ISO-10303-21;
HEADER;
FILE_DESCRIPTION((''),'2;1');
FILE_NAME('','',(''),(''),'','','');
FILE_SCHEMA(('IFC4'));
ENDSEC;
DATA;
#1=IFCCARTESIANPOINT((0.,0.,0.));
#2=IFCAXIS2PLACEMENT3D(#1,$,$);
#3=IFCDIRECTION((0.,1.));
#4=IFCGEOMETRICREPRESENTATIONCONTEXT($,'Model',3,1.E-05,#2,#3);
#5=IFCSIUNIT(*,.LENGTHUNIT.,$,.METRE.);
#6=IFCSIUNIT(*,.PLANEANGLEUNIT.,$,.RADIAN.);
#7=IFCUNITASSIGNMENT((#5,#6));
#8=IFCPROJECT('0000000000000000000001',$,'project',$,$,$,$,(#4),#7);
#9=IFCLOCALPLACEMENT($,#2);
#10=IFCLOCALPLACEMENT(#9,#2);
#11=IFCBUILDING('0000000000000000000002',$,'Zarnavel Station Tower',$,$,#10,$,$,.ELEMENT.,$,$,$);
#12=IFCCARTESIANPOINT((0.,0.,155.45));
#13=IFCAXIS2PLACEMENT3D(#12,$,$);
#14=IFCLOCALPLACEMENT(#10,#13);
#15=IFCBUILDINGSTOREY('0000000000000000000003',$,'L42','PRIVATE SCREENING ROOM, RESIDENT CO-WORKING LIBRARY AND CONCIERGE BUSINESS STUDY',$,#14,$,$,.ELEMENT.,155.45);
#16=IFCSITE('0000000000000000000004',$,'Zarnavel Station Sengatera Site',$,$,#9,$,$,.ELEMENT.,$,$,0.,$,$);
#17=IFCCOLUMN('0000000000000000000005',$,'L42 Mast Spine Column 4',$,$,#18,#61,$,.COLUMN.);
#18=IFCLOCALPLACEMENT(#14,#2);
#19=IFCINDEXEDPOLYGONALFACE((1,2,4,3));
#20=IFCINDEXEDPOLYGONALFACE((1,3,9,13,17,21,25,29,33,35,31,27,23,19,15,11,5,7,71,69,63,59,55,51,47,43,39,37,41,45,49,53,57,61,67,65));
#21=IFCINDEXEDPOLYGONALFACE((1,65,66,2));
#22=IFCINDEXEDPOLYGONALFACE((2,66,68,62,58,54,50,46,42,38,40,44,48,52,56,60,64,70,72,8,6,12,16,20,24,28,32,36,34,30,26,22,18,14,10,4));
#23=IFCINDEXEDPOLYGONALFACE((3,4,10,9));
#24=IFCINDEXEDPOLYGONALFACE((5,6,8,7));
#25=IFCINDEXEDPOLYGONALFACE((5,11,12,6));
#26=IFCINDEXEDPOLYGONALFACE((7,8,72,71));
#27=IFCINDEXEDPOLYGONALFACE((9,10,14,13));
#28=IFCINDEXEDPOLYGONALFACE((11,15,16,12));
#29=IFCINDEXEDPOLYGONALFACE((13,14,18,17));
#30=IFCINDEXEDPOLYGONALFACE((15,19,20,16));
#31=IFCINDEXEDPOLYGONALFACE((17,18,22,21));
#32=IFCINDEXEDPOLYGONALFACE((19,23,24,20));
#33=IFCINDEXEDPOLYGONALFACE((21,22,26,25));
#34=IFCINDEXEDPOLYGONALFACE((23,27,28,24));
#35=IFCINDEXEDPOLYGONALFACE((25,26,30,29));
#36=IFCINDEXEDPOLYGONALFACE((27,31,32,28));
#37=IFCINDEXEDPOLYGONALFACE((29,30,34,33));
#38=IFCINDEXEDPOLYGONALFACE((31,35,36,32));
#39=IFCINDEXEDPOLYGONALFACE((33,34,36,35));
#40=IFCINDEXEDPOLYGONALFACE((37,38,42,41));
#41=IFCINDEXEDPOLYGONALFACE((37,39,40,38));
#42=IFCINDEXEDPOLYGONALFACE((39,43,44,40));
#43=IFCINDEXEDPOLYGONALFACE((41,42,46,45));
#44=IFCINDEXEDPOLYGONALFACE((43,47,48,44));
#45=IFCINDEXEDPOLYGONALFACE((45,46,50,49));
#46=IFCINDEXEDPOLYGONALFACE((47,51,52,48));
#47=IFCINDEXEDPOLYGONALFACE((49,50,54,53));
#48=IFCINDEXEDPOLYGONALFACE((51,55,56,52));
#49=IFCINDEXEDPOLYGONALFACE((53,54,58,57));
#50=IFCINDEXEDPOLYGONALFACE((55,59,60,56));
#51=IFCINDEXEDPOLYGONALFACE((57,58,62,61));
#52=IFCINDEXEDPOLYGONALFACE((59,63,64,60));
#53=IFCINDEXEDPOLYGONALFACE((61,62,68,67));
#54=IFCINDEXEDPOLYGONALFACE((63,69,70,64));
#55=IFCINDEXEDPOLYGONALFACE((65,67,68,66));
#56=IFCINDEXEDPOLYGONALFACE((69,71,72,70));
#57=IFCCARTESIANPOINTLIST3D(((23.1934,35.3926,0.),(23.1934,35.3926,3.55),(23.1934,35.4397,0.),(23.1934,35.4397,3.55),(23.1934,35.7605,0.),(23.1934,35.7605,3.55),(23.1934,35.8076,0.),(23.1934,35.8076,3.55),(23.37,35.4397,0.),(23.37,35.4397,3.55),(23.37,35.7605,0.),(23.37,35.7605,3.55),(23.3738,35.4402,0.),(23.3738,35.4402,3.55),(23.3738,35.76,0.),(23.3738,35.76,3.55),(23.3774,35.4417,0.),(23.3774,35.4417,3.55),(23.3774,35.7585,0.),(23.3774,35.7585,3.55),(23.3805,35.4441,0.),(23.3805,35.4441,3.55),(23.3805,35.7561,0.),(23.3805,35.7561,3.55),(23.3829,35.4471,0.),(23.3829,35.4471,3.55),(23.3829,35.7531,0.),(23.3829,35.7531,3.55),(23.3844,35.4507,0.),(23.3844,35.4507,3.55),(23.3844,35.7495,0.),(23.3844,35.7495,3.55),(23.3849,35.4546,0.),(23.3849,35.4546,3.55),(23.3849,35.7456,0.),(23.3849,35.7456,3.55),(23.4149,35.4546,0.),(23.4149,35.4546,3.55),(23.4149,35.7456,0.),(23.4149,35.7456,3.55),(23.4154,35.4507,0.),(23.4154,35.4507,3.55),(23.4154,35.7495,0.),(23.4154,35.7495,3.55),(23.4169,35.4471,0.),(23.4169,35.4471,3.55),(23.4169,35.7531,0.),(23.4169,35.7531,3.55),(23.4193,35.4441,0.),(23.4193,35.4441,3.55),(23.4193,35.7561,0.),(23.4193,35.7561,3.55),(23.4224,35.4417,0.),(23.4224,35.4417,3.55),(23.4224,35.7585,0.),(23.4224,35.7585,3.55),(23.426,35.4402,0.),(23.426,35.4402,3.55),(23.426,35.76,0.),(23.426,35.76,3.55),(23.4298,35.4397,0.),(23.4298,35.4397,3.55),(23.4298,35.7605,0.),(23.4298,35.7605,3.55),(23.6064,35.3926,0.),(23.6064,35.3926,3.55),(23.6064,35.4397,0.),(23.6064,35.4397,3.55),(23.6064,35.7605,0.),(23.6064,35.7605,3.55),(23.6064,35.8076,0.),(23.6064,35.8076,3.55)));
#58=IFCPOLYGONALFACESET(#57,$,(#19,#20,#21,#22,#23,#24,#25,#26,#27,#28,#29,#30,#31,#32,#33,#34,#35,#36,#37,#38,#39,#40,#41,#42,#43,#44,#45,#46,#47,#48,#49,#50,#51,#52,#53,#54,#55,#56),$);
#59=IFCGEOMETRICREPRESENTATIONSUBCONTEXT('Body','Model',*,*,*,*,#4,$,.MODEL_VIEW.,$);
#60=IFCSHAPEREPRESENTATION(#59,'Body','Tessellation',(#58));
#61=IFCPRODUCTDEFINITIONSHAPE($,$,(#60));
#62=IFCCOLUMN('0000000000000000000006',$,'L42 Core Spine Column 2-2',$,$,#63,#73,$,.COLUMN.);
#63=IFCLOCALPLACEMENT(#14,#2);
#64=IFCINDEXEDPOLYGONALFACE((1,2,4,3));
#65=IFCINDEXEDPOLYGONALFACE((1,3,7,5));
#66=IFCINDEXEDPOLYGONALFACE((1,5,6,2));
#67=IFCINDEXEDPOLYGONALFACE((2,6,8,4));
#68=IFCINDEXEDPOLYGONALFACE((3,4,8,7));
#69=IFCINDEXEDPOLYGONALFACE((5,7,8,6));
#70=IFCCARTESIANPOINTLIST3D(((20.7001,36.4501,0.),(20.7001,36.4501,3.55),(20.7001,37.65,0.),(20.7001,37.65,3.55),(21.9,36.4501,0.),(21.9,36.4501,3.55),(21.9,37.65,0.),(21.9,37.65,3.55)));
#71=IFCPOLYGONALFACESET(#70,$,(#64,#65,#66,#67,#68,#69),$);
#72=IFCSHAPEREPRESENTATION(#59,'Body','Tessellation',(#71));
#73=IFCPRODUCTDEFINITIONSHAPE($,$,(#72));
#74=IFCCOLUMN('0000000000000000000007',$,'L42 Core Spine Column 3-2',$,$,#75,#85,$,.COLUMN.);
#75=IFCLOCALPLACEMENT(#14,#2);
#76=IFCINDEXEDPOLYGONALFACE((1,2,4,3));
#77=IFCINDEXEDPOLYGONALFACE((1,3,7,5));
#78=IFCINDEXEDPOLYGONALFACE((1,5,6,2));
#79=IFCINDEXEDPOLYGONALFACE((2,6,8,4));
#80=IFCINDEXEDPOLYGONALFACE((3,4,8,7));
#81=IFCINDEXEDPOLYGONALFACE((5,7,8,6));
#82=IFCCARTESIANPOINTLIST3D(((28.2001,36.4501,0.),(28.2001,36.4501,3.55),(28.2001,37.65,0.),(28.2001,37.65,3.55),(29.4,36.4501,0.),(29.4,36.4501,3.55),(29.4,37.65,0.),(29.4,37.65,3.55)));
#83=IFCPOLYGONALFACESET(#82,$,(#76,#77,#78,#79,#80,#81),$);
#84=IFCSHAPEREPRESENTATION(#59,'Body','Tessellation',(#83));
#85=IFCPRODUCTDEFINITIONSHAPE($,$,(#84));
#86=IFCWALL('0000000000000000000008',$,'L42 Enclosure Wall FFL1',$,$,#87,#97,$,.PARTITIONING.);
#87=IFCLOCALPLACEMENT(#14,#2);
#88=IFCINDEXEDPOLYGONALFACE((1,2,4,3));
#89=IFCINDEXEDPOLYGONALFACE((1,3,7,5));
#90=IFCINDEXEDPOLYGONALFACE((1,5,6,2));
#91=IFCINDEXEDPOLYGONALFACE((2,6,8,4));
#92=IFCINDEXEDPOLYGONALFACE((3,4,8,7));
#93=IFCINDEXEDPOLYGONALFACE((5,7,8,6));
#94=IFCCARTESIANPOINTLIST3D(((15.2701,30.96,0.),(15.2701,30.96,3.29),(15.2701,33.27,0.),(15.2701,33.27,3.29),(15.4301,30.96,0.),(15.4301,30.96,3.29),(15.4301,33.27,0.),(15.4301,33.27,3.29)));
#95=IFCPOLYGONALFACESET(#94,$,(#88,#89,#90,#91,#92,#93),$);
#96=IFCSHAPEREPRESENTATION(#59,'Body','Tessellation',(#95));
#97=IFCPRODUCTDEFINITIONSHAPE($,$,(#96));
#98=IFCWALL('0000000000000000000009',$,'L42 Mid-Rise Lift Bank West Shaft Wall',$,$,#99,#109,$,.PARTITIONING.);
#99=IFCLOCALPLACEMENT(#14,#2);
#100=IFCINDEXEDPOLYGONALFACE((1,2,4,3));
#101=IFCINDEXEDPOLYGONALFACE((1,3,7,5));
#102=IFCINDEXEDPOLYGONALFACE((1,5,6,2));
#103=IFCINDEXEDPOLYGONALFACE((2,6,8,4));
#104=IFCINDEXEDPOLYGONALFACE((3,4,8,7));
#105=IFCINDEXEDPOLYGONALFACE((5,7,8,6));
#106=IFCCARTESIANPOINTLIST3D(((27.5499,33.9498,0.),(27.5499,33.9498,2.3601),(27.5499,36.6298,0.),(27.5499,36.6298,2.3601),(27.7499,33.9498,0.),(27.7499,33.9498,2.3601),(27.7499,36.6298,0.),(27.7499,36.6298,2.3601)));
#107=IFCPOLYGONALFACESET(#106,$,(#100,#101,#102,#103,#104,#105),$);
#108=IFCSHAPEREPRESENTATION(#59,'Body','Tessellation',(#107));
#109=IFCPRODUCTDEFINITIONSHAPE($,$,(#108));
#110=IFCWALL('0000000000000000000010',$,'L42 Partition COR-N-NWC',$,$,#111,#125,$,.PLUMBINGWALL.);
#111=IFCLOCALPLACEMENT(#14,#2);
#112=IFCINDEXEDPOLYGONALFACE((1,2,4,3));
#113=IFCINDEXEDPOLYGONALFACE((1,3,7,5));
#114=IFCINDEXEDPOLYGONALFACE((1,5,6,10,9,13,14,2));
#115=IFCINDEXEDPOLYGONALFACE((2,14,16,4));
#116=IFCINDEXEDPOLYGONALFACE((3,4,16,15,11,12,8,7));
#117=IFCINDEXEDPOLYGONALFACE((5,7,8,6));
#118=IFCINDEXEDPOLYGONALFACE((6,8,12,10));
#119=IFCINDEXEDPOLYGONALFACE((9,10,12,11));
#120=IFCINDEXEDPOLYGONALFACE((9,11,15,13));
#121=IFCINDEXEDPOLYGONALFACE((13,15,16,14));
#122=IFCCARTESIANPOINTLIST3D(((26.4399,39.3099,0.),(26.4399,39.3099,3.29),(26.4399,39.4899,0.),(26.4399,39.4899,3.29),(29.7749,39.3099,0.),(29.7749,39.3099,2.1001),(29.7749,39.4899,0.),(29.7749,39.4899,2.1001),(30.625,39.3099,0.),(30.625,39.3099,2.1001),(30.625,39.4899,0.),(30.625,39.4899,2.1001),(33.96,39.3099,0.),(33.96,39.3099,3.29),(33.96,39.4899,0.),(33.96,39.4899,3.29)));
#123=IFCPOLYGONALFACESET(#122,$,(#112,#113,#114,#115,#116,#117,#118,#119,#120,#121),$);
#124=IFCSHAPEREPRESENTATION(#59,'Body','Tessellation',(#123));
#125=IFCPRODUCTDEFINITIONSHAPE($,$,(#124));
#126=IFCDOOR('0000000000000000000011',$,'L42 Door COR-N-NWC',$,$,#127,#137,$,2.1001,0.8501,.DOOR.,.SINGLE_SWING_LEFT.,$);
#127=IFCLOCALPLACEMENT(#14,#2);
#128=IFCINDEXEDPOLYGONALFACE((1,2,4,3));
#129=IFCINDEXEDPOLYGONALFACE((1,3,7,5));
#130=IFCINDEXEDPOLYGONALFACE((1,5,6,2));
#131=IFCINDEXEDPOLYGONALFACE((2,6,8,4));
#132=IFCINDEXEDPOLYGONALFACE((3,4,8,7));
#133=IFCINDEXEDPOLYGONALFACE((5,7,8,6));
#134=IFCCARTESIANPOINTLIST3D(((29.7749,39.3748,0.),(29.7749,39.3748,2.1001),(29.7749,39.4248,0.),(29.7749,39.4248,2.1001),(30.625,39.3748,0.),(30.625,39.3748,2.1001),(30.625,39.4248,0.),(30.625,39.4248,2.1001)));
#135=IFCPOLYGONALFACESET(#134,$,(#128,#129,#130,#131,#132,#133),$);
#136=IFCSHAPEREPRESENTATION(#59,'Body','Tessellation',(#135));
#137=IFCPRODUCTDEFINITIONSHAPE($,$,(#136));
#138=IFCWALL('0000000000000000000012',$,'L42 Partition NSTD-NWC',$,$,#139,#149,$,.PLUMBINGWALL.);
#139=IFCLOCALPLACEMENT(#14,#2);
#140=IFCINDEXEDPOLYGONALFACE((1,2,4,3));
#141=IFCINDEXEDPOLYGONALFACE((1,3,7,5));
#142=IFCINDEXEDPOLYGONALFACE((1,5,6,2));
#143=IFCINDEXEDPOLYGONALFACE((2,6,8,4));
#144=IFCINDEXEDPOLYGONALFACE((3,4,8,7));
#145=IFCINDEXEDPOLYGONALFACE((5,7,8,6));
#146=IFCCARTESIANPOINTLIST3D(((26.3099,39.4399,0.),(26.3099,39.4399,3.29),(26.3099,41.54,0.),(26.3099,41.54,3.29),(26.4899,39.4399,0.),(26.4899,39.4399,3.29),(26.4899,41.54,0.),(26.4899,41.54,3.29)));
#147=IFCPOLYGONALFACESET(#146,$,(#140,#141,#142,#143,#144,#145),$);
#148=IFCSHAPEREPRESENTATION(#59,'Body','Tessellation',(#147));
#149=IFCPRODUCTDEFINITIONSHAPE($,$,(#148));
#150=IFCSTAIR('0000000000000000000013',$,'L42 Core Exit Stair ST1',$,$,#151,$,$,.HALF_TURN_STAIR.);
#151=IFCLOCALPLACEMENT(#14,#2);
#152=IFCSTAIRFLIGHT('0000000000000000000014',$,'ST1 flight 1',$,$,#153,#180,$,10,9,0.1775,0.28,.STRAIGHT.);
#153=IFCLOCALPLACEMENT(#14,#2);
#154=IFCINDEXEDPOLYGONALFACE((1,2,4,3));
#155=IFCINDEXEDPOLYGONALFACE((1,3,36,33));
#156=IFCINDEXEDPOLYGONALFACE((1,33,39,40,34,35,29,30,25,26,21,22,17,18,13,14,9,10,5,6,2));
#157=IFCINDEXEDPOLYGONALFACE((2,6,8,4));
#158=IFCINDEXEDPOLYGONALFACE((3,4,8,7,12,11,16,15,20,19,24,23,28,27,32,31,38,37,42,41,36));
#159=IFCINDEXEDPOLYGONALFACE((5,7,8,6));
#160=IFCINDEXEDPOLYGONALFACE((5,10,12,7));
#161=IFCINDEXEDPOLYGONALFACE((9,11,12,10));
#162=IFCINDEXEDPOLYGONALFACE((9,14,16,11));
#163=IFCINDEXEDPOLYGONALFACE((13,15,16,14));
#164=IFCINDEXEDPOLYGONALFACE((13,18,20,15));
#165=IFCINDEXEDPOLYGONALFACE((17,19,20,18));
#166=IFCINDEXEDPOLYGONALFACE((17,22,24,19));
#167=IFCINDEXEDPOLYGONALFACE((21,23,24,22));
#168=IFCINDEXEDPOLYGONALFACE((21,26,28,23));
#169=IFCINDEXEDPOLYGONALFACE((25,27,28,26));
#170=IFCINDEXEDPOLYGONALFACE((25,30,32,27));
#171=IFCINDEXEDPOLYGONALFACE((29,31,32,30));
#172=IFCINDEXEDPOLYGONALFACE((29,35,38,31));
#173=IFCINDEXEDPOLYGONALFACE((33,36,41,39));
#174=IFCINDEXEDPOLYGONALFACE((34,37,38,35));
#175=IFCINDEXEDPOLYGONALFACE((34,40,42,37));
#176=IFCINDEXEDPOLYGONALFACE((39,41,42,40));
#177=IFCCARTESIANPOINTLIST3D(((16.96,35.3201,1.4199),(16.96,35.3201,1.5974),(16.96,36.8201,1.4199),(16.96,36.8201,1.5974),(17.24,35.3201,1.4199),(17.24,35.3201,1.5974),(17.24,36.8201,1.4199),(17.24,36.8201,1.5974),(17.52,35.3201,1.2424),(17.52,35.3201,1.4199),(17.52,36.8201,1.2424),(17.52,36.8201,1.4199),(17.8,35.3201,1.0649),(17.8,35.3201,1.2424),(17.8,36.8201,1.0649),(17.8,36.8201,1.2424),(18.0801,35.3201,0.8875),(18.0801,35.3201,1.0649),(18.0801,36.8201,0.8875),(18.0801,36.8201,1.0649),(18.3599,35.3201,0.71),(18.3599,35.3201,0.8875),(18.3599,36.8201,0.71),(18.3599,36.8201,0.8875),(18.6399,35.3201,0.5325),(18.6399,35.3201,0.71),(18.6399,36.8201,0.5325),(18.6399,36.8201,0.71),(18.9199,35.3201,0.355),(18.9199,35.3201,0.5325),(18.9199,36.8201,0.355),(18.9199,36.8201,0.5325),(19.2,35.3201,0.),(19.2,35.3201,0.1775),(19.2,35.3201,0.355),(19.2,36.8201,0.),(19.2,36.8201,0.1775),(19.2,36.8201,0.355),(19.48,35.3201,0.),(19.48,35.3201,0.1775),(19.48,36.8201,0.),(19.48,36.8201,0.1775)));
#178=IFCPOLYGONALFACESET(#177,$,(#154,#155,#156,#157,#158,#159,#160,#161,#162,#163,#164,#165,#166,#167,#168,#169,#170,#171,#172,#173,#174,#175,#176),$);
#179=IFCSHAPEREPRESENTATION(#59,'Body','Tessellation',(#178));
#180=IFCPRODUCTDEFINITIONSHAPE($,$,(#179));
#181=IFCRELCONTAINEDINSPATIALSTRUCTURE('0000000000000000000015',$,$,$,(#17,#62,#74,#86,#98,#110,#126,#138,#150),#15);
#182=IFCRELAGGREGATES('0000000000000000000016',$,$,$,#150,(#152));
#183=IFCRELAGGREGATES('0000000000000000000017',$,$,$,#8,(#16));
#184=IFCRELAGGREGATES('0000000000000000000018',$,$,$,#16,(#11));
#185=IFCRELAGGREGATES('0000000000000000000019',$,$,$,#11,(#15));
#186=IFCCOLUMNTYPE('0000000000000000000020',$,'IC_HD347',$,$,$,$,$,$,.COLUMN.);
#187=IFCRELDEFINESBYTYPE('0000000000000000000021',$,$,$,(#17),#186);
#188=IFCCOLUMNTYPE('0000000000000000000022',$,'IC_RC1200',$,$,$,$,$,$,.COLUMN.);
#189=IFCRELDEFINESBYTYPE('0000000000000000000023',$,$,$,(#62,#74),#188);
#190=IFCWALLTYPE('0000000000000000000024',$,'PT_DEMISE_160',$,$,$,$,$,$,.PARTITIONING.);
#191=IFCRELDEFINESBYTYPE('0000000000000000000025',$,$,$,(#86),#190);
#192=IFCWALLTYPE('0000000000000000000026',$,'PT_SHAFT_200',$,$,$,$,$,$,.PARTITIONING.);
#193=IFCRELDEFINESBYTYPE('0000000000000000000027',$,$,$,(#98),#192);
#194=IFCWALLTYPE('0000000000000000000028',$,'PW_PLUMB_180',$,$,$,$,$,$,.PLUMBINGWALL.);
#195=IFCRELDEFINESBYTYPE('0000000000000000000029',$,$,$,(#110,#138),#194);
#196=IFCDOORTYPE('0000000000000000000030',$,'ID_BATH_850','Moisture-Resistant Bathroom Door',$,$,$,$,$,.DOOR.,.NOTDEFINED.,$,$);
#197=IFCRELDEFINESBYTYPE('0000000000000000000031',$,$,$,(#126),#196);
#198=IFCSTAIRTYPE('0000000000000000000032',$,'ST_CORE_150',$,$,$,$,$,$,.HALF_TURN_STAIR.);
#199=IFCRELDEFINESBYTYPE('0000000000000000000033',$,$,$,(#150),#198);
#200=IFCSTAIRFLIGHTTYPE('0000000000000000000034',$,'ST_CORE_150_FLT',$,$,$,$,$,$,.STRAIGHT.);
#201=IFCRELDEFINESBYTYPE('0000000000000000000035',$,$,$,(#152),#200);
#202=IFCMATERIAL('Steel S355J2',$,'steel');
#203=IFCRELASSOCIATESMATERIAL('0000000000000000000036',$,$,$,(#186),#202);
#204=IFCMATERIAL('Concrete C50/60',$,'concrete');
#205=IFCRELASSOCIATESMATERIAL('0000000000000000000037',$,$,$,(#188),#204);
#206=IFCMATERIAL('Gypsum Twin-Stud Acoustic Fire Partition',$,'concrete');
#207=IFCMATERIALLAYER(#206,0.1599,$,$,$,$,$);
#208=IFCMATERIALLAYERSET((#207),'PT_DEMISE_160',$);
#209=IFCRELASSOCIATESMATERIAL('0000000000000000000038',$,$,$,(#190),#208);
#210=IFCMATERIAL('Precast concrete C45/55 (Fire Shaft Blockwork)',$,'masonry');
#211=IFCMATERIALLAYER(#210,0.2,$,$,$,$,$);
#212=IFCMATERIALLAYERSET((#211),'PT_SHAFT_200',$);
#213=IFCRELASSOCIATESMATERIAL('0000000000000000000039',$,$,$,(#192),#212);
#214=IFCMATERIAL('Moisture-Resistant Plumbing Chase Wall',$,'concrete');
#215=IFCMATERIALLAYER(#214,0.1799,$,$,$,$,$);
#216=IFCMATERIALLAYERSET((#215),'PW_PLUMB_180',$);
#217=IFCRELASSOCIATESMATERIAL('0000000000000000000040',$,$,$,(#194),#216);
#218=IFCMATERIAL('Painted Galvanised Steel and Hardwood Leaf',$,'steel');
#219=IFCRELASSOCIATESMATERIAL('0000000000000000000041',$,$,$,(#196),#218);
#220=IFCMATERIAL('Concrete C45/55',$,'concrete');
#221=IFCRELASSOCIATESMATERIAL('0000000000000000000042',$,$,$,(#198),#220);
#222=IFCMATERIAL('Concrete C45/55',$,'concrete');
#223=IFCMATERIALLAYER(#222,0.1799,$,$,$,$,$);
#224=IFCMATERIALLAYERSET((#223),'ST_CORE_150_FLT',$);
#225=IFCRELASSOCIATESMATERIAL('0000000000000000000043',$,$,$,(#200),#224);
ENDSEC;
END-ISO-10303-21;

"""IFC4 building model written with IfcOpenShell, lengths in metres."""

from ifc_helpers import new_model, si_unit, direction, frame, frame_2d, origin, origin_2d, place, context, subcontext, project, spatial, polyline, rectangle, i_section, outline, extrude, material, layer, layer_set, material_profile, profile_set, type_object, element, fill, aggregate, save


model = new_model("IFC4")

# Units and contexts
model_context = context("Model", 3, precision=1e-05, world=origin(), true_north=direction((0.0, 1.0)))
body_context = subcontext(model_context, "Body", "Model", "MODEL_VIEW")
ifc_project = project(units=[si_unit("LENGTHUNIT", "METRE"), si_unit("PLANEANGLEUNIT", "RADIAN")], contexts=[model_context])

# Site, building, storey
site_placement = place(None, origin())
site = spatial("IfcSite", under=ifc_project, at=site_placement, Name="Zarnavel Station Sengatera Site", CompositionType="ELEMENT", RefElevation=0.0)
building_placement = place(site_placement, origin())
building = spatial("IfcBuilding", under=site, at=building_placement, Name="Zarnavel Station Tower", CompositionType="ELEMENT")
storey_placement = place(building_placement, frame((0.0, 0.0, 155.45)))
storey = spatial("IfcBuildingStorey", under=building, at=storey_placement, Name="L42", Description="PRIVATE SCREENING ROOM, RESIDENT CO-WORKING LIBRARY AND CONCIERGE BUSINESS STUDY", CompositionType="ELEMENT", Elevation=155.45)

# Columns
ifc_material_1 = material(Name="Steel S355J2", Category="steel")
ifc_material_profile_1 = material_profile(ifc_material_1, i_section(OverallWidth=0.4131, OverallDepth=0.415, WebThickness=0.03, FlangeThickness=0.0471, FilletRadius=0.0149, at=origin_2d()), Name="HD400x347")
ifc_profile_set_1 = profile_set([ifc_material_profile_1], Name="Steel S355J2")
column_type_1 = type_object("IfcColumnType", Name="IC_HD347", PredefinedType="COLUMN", material=ifc_profile_set_1)
column_placement = place(storey_placement, frame((23.3999, 35.6001, 0.0), z_axis=(0.0, 0.0, 1.0), x_axis=(1.0, 0.0, 0.0)))
element("IfcColumn", 1, at=column_placement, inside=storey, type_object=column_type_1, Name="L42 Mast Spine Column 4", PredefinedType="COLUMN", context=body_context, shape_type="SweptSolid", body=[
    extrude(i_section(OverallWidth=0.4131, OverallDepth=0.415, WebThickness=0.03, FlangeThickness=0.0471, FilletRadius=0.0149, at=origin_2d()), origin(), (0.0, 0.0, 1.0), 3.55),
])
ifc_material_2 = material(Name="Concrete C50/60", Category="concrete")
ifc_material_profile_2 = material_profile(ifc_material_2, rectangle(XDim=1.2, YDim=1.2, at=origin_2d()), Name="RC1200x1200")
ifc_profile_set_2 = profile_set([ifc_material_profile_2], Name="Concrete C50/60")
column_type_2 = type_object("IfcColumnType", Name="IC_RC1200", PredefinedType="COLUMN", material=ifc_profile_set_2)
for number, where, z_axis, x_axis, name in (
    (2, (21.3, 37.05, 0.0), (0.0, 0.0, 1.0), (1.0, 0.0, 0.0), "L42 Core Spine Column 2-2"),
    (3, (28.8, 37.05, 0.0), (0.0, 0.0, 1.0), (1.0, 0.0, 0.0), "L42 Core Spine Column 3-2"),
):
    element("IfcColumn", number, at=place(storey_placement, frame(where, z_axis=z_axis, x_axis=x_axis)), inside=storey, type_object=column_type_2, Name=name, PredefinedType="COLUMN", context=body_context, shape_type="SweptSolid", body=[
        extrude(rectangle(XDim=1.2, YDim=1.2, at=origin_2d()), origin(), (0.0, 0.0, 1.0), 3.55),
    ])

# Wall
ifc_material_3 = material(Name="Gypsum Twin-Stud Acoustic Fire Partition", Category="concrete")
ifc_layer_1 = layer(ifc_material_3, 0.1599)
ifc_layer_set_1 = layer_set([ifc_layer_1], Name="PT_DEMISE_160")
wall_type_1 = type_object("IfcWallType", Name="PT_DEMISE_160", PredefinedType="PARTITIONING", material=ifc_layer_set_1)
wall_1_placement = place(storey_placement, frame((15.3501, 30.96, 0.0), z_axis=(0.0, 0.0, 1.0), x_axis=(0.0, 1.0, 0.0)))
element("IfcWall", 4, at=wall_1_placement, inside=storey, type_object=wall_type_1, Name="L42 Enclosure Wall FFL1", PredefinedType="PARTITIONING", context=body_context, shape_type="SweptSolid", body=[
    extrude(rectangle(XDim=2.3101, YDim=0.1599, at=frame_2d((1.155, 0.0))), origin(), (0.0, 0.0, 1.0), 3.29),
])

# Shared definitions
ifc_material_4 = material(Name="Precast concrete C45/55 (Fire Shaft Blockwork)", Category="masonry")
ifc_layer_2 = layer(ifc_material_4, 0.2)
ifc_layer_set_2 = layer_set([ifc_layer_2], Name="PT_SHAFT_200")
wall_type_2 = type_object("IfcWallType", Name="PT_SHAFT_200", PredefinedType="PARTITIONING", material=ifc_layer_set_2)

# Wall
wall_2_placement = place(storey_placement, frame((27.6499, 33.95, 0.0), z_axis=(0.0, 0.0, 1.0), x_axis=(0.0, 1.0, 0.0)))
element("IfcWall", 5, at=wall_2_placement, inside=storey, type_object=wall_type_2, Name="L42 Mid-Rise Lift Bank West Shaft Wall", PredefinedType="PARTITIONING", context=body_context, shape_type="SweptSolid", body=[
    extrude(rectangle(XDim=2.6799, YDim=0.2, at=frame_2d((1.3398, 0.0))), origin(), (0.0, 0.0, 1.0), 2.3601),
])

# Wall, opening, door
ifc_material_5 = material(Name="Moisture-Resistant Plumbing Chase Wall", Category="concrete")
ifc_layer_3 = layer(ifc_material_5, 0.1799)
ifc_layer_set_3 = layer_set([ifc_layer_3], Name="PW_PLUMB_180")
wall_type_3 = type_object("IfcWallType", Name="PW_PLUMB_180", PredefinedType="PLUMBINGWALL", material=ifc_layer_set_3)
wall_3_placement = place(storey_placement, frame((26.4399, 39.3999, 0.0), z_axis=(0.0, 0.0, 1.0), x_axis=(1.0, 0.0, 0.0)))
wall_3 = element("IfcWall", 6, at=wall_3_placement, inside=storey, type_object=wall_type_3, Name="L42 Partition COR-N-NWC", PredefinedType="PLUMBINGWALL", context=body_context, shape_type="SweptSolid", body=[
    extrude(rectangle(XDim=7.52, YDim=0.1799, at=frame_2d((3.76, 0.0))), origin(), (0.0, 0.0, 1.0), 3.29),
])
opening_1_placement = place(wall_3_placement, frame((3.335, 0.0, 0.0)))
opening_1 = element("IfcOpeningElement", 7, at=opening_1_placement, cuts=wall_3, PredefinedType="OPENING", context=body_context, shape_type="SweptSolid", body=[
    extrude(rectangle(XDim=0.8501, YDim=2.1001, at=frame_2d((0.425, 1.05))), frame((0.0, 0.0999, 0.0), z_axis=(0.0, -1.0, 0.0), x_axis=(1.0, 0.0, 0.0)), (0.0, 0.0, 1.0), 0.2),
])
ifc_material_6 = material(Name="Painted Galvanised Steel and Hardwood Leaf", Category="steel")
door_type_1 = type_object("IfcDoorType", Name="ID_BATH_850", Description="Moisture-Resistant Bathroom Door", OperationType="NOTDEFINED", PredefinedType="DOOR", material=ifc_material_6)
door_1_placement = place(opening_1_placement, origin())
door_1 = element("IfcDoor", 8, at=door_1_placement, inside=storey, type_object=door_type_1, Name="L42 Door COR-N-NWC", OperationType="SINGLE_SWING_LEFT", OverallHeight=2.1001, OverallWidth=0.8501, PredefinedType="DOOR", context=body_context, shape_type="SweptSolid", body=[
    extrude(rectangle(XDim=0.8501, YDim=2.1001, at=frame_2d((0.425, 1.05))), frame((0.0, 0.0249, 0.0), z_axis=(0.0, -1.0, 0.0), x_axis=(1.0, 0.0, 0.0)), (0.0, 0.0, 1.0), 0.05),
])
fill(opening_1, door_1)

# Wall
wall_4_placement = place(storey_placement, frame((26.3999, 39.4399, 0.0), z_axis=(0.0, 0.0, 1.0), x_axis=(0.0, 1.0, 0.0)))
element("IfcWall", 9, at=wall_4_placement, inside=storey, type_object=wall_type_3, Name="L42 Partition NSTD-NWC", PredefinedType="PLUMBINGWALL", context=body_context, shape_type="SweptSolid", body=[
    extrude(rectangle(XDim=2.1001, YDim=0.1799, at=frame_2d((1.05, 0.0))), origin(), (0.0, 0.0, 1.0), 3.29),
])

# Stair, stair flight
ifc_material_7 = material(Name="Concrete C45/55", Category="concrete")
stair_type = type_object("IfcStairType", Name="ST_CORE_150", PredefinedType="HALF_TURN_STAIR", material=ifc_material_7)
stair_placement = place(storey_placement, origin())
stair = element("IfcStair", 10, at=stair_placement, inside=storey, type_object=stair_type, Name="L42 Core Exit Stair ST1", PredefinedType="HALF_TURN_STAIR")
ifc_material_8 = material(Name="Concrete C45/55", Category="concrete")
ifc_layer_4 = layer(ifc_material_8, 0.1799)
ifc_layer_set_4 = layer_set([ifc_layer_4], Name="ST_CORE_150_FLT")
stair_flight_type = type_object("IfcStairFlightType", Name="ST_CORE_150_FLT", PredefinedType="STRAIGHT", material=ifc_layer_set_4)
stair_flight_1_placement = place(storey_placement, frame((19.48, 36.0701, 0.0), z_axis=(0.0, 0.0, 1.0), x_axis=(-1.0, 0.0, 0.0)))
stair_flight_1 = element("IfcStairFlight", 11, at=stair_flight_1_placement, type_object=stair_flight_type, Name="ST1 flight 1", NumberOfRisers=10, NumberOfTreads=9, PredefinedType="STRAIGHT", RiserHeight=0.1775, TreadLength=0.28, context=body_context, shape_type="SweptSolid", body=[
    extrude(outline(polyline([(0.0, 0.0), (0.0, 0.1775), (0.28, 0.1775), (0.28, 0.355), (0.5601, 0.355), (0.5601, 0.5325), (0.8401, 0.5325), (0.8401, 0.71), (1.1201, 0.71), (1.1201, 0.8875), (1.3999, 0.8875), (1.3999, 1.0649), (1.6799, 1.0649), (1.6799, 1.2424), (1.96, 1.2424), (1.96, 1.4199), (2.24, 1.4199), (2.24, 1.5974), (2.52, 1.5974), (2.52, 1.7749), (2.52, 1.4199), (0.28, 0.0), (0.0, 0.0)])), frame((0.0, 0.75, 0.0), z_axis=(0.0, -1.0, 0.0), x_axis=(1.0, 0.0, 0.0)), (0.0, 0.0, 1.0), 1.5),
])
aggregate(stair, [stair_flight_1])

save(model, "model.ifc")
